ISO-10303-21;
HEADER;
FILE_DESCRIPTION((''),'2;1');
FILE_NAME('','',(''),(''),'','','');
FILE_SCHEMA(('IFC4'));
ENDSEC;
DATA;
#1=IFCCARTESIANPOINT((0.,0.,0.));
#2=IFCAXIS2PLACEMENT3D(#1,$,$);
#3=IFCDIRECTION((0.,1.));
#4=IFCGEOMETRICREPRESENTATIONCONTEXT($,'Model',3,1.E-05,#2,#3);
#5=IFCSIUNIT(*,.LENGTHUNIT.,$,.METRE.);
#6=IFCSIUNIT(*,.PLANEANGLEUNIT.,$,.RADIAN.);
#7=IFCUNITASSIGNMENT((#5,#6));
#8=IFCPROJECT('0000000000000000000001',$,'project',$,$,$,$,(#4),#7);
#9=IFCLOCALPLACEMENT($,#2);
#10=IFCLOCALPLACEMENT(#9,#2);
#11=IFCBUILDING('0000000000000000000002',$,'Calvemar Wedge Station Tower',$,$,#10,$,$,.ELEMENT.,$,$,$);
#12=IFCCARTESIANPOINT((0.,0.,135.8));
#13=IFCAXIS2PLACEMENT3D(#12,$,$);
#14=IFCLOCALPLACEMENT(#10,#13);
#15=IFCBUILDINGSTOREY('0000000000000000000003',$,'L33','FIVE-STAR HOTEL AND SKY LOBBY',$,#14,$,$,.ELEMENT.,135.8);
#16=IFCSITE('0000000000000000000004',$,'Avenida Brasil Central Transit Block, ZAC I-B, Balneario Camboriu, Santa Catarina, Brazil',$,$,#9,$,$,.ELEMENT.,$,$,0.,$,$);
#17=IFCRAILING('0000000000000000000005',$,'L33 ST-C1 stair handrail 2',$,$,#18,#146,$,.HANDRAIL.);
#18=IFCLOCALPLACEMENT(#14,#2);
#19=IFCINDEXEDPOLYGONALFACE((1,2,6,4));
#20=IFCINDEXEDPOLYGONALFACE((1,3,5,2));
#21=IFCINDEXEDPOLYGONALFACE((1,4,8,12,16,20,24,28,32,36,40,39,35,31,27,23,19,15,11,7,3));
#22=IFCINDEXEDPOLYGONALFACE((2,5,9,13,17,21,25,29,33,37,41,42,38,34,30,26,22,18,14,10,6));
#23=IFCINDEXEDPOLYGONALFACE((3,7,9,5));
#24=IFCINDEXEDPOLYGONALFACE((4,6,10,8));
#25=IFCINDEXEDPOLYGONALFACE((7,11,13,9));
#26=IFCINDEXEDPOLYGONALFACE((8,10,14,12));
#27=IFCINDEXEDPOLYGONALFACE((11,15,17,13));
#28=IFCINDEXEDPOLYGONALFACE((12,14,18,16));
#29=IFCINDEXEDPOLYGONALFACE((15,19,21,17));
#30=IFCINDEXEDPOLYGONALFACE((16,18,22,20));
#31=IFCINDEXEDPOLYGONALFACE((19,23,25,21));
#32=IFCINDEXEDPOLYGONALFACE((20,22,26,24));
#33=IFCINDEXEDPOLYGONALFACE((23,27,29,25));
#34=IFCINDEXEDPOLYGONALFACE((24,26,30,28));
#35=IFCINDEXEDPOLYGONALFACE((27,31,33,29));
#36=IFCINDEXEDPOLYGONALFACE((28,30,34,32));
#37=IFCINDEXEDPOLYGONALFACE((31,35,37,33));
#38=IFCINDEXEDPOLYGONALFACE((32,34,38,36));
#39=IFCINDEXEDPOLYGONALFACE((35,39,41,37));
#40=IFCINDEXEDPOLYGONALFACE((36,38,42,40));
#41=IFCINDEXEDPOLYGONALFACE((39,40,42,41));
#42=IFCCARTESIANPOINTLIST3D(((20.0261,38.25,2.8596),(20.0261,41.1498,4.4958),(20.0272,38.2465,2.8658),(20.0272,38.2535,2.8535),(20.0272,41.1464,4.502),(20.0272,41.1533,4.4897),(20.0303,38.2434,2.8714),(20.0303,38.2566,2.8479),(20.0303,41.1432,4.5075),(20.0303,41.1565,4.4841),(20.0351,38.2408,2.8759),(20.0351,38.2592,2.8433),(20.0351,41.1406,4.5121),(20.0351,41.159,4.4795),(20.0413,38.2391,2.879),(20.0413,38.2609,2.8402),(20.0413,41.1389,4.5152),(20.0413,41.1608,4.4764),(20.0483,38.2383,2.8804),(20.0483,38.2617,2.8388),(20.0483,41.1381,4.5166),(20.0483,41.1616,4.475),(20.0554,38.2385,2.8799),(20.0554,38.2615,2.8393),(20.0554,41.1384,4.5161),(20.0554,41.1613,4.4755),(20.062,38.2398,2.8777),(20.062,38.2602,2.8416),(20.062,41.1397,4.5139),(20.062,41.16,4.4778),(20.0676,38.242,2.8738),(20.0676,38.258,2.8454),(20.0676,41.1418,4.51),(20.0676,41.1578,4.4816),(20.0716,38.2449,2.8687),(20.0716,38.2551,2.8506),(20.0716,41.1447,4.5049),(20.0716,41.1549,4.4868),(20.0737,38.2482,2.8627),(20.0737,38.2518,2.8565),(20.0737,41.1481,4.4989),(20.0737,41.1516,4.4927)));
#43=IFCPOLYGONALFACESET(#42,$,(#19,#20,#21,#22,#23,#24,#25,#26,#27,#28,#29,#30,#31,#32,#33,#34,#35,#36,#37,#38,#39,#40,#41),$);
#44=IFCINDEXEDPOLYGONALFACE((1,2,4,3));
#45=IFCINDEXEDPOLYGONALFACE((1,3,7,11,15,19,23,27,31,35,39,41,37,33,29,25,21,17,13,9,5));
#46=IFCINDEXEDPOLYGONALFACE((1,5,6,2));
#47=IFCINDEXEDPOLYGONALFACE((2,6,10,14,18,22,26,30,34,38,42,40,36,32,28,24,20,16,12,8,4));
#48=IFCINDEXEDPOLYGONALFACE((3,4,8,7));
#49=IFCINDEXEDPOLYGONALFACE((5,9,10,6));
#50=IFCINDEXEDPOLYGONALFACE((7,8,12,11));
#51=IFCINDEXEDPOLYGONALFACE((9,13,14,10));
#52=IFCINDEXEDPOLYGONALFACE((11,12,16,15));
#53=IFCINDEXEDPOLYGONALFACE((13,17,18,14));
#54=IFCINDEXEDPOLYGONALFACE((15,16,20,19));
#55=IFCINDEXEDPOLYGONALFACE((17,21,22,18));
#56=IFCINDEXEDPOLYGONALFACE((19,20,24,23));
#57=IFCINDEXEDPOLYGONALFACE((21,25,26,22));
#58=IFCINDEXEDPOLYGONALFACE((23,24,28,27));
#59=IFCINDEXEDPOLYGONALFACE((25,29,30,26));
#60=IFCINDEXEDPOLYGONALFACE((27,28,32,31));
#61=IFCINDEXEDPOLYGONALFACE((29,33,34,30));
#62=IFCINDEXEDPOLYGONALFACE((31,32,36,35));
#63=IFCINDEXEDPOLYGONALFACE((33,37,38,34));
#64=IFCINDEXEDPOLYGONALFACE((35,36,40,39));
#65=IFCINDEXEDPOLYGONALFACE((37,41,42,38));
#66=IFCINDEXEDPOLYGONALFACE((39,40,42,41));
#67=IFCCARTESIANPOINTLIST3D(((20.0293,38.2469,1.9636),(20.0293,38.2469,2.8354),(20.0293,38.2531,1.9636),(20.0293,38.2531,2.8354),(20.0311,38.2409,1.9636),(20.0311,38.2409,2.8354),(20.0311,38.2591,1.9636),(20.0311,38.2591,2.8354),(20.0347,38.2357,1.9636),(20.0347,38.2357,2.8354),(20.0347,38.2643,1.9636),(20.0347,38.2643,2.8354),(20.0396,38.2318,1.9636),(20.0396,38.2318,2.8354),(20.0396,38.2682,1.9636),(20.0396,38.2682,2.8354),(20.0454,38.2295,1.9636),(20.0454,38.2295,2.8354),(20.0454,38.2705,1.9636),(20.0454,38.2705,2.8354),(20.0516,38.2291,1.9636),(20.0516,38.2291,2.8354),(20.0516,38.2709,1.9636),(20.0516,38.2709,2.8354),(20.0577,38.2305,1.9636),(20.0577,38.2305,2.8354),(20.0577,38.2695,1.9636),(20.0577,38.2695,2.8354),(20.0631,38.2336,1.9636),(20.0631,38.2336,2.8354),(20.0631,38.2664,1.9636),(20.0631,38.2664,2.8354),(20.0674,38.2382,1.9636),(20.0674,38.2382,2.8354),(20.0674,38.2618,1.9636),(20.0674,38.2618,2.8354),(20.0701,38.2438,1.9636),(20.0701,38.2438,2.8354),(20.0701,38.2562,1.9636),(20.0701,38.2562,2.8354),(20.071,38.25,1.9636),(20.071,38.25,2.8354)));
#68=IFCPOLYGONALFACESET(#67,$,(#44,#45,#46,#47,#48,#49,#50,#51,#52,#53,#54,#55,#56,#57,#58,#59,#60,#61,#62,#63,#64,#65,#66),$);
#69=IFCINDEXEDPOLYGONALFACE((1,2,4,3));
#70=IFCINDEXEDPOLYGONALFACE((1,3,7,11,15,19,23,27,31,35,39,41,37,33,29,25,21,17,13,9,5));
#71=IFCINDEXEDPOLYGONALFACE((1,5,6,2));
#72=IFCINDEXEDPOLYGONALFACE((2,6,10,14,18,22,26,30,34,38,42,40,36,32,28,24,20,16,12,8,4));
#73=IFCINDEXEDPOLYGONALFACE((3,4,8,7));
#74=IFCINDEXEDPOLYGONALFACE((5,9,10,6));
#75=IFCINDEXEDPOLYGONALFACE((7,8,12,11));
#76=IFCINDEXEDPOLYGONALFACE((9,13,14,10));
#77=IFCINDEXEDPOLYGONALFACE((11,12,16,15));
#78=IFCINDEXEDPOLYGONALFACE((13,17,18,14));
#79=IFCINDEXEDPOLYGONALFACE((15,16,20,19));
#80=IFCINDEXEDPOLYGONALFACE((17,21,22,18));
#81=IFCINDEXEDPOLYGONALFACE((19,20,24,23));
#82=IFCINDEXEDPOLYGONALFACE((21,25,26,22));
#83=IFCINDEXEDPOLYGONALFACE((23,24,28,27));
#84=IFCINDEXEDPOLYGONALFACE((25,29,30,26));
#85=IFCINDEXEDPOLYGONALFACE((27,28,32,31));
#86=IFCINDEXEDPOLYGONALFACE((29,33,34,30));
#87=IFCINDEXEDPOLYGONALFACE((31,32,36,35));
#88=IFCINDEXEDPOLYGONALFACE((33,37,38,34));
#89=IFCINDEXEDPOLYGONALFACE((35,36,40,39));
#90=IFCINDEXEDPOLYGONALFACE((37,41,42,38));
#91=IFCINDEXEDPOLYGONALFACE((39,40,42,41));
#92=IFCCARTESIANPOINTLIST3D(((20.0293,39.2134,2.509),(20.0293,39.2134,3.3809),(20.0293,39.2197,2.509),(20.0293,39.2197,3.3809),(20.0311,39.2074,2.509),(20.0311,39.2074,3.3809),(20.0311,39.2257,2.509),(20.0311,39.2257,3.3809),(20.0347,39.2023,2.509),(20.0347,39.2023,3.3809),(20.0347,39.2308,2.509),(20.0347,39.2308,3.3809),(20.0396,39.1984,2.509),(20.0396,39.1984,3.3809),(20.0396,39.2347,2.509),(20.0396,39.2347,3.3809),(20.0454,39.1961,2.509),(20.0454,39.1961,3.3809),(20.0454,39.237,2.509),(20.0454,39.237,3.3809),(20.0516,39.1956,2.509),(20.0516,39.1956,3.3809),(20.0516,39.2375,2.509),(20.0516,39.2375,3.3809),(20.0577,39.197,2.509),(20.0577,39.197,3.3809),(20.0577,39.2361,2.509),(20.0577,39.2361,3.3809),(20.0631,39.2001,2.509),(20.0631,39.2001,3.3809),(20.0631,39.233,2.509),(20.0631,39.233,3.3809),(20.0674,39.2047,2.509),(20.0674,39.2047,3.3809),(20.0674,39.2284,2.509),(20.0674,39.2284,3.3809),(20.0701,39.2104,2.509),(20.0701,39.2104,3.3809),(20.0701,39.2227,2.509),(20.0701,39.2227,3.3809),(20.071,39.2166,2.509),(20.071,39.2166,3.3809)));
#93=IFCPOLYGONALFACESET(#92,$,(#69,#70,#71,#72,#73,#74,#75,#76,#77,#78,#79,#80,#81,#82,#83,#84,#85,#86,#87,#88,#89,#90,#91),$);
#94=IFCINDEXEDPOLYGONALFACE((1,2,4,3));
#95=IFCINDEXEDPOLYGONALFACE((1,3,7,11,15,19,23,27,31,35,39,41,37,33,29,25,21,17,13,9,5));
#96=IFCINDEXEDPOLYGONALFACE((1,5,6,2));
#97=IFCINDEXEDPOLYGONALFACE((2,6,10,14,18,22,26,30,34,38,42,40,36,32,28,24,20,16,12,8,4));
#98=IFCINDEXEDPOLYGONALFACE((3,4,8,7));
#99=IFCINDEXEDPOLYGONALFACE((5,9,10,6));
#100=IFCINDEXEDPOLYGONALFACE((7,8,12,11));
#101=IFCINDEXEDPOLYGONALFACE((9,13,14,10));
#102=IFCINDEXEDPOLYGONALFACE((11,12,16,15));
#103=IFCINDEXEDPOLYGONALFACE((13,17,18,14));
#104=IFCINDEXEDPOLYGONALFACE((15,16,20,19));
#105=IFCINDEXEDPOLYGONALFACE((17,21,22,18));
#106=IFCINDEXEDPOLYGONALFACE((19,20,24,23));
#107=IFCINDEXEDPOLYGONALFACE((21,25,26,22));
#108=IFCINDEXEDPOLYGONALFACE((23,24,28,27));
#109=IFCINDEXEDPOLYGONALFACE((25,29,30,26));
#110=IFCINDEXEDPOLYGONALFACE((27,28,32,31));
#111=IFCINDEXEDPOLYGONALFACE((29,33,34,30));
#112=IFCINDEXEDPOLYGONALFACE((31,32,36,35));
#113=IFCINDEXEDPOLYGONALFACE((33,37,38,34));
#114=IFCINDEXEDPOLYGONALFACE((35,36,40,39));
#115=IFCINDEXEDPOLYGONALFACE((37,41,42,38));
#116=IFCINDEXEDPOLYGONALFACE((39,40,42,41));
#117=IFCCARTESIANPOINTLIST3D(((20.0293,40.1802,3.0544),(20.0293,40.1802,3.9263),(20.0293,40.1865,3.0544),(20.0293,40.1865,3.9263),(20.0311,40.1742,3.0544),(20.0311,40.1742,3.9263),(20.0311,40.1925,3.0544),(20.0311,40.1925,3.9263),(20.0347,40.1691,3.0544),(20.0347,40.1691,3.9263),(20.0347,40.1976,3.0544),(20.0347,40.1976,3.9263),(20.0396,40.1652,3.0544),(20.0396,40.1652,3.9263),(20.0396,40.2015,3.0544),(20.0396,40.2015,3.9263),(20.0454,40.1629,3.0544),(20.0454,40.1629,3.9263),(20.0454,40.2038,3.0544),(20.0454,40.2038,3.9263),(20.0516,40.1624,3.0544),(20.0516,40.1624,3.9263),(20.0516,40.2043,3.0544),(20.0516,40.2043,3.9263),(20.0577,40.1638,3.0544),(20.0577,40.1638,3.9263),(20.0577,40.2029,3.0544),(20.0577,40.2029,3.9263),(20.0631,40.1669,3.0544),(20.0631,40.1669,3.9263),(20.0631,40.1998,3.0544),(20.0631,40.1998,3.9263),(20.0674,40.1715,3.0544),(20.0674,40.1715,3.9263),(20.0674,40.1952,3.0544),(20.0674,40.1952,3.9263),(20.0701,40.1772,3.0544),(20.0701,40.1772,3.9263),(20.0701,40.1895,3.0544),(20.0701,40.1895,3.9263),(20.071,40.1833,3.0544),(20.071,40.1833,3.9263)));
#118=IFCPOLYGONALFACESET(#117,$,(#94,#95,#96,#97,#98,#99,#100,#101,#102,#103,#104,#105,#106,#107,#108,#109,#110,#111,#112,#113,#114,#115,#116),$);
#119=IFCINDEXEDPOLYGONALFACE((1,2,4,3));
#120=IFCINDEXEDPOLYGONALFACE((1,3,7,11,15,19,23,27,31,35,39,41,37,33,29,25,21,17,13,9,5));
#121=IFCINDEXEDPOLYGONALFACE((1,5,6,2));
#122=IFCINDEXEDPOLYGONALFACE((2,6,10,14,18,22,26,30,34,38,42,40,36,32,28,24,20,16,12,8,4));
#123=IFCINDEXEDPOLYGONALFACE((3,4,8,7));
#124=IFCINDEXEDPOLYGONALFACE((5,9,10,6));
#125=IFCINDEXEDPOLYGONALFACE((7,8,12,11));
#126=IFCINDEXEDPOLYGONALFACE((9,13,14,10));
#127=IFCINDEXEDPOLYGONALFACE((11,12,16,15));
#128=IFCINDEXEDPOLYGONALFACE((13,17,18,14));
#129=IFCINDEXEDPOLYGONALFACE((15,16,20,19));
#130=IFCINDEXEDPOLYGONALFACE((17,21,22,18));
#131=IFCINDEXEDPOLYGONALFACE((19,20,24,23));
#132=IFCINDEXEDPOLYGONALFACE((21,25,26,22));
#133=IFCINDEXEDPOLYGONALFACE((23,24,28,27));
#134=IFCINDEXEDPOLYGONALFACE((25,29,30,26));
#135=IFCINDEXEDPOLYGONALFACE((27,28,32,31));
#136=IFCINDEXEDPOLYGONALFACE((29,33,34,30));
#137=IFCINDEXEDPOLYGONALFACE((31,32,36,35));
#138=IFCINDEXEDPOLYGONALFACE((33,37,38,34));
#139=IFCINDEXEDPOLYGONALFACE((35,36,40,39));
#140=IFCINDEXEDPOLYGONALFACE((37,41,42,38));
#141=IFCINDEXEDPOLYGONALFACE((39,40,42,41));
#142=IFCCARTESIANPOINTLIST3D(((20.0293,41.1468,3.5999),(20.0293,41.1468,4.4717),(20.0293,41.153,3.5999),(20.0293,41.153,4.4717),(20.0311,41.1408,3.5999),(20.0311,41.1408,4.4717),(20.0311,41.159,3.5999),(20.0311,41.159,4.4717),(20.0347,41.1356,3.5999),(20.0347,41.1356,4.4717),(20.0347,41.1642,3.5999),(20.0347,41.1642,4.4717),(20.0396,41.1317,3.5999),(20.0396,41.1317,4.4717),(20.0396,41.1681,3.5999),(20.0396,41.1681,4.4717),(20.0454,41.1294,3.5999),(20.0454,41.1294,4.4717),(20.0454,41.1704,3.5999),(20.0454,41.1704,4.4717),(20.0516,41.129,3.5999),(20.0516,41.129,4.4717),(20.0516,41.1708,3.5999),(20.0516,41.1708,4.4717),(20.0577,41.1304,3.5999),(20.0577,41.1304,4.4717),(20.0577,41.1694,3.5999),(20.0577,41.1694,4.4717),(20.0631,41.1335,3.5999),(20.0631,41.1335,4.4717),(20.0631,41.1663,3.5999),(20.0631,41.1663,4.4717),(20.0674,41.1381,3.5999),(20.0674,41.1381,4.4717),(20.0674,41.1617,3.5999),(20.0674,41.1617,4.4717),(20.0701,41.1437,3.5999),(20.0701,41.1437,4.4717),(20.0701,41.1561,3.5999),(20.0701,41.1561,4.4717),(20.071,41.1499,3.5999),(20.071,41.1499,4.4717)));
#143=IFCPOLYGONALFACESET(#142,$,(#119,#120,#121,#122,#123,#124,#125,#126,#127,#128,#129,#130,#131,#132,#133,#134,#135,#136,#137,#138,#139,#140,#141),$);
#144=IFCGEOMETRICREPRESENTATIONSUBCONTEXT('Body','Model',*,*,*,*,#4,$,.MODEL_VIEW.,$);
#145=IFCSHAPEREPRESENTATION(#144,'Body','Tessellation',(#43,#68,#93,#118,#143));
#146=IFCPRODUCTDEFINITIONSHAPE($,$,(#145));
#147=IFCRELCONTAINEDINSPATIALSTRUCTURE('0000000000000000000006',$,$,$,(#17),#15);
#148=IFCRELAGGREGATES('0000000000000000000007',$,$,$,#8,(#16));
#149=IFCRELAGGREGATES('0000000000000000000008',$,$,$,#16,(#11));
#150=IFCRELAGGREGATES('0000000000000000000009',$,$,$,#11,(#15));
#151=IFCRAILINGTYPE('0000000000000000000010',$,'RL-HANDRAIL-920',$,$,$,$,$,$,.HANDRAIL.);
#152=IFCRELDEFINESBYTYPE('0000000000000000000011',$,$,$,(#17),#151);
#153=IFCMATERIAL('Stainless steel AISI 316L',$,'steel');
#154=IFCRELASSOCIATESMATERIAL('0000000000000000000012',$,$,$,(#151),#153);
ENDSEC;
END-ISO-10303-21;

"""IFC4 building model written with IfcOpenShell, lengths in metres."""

from ifc_helpers import new_model, si_unit, direction, frame, origin, origin_2d, place, context, subcontext, project, spatial, circle, extrude, material, type_object, element, save


model = new_model("IFC4")

# Units and contexts
model_context = context("Model", 3, precision=1e-05, world=origin(), true_north=direction((0.0, 1.0)))
body_context = subcontext(model_context, "Body", "Model", "MODEL_VIEW")
ifc_project = project(units=[si_unit("LENGTHUNIT", "METRE"), si_unit("PLANEANGLEUNIT", "RADIAN")], contexts=[model_context])

# Site, building, storey
site_placement = place(None, origin())
site = spatial("IfcSite", under=ifc_project, at=site_placement, Name="Avenida Brasil Central Transit Block, ZAC I-B, Balneario Camboriu, Santa Catarina, Brazil", CompositionType="ELEMENT", RefElevation=0.0)
building_placement = place(site_placement, origin())
building = spatial("IfcBuilding", under=site, at=building_placement, Name="Calvemar Wedge Station Tower", CompositionType="ELEMENT")
storey_placement = place(building_placement, frame((0.0, 0.0, 135.8)))
storey = spatial("IfcBuildingStorey", under=building, at=storey_placement, Name="L33", Description="FIVE-STAR HOTEL AND SKY LOBBY", CompositionType="ELEMENT", Elevation=135.8)

# Railing
ifc_material_1 = material(Name="Stainless steel AISI 316L", Category="steel")
railing_type_1 = type_object("IfcRailingType", Name="RL-HANDRAIL-920", PredefinedType="HANDRAIL", material=ifc_material_1)
railing_1_placement = place(storey_placement, frame((20.05, 38.25, 1.9636)))
element("IfcRailing", 1, at=railing_1_placement, inside=storey, type_object=railing_type_1, Name="L33 ST-C1 stair handrail 2", PredefinedType="HANDRAIL", context=body_context, shape_type="SweptSolid", body=[
    extrude(circle(Radius=0.0239, at=origin_2d()), frame((0.0, 0.0, 0.896), z_axis=(0.0, 0.870929, 0.49141), x_axis=(-1.0, 0.0, 0.0)), (0.0, 0.0, 1.0), 3.3296),
    extrude(circle(Radius=0.021, at=origin_2d()), origin(), (0.0, 0.0, 1.0), 0.8718),
    extrude(circle(Radius=0.021, at=origin_2d()), frame((0.0, 0.9666, 0.5454)), (0.0, 0.0, 1.0), 0.8718),
    extrude(circle(Radius=0.021, at=origin_2d()), frame((0.0, 1.9333, 1.0908)), (0.0, 0.0, 1.0), 0.8718),
    extrude(circle(Radius=0.021, at=origin_2d()), frame((0.0, 2.8999, 1.6362)), (0.0, 0.0, 1.0), 0.8718),
])

save(model, "model.ifc")
